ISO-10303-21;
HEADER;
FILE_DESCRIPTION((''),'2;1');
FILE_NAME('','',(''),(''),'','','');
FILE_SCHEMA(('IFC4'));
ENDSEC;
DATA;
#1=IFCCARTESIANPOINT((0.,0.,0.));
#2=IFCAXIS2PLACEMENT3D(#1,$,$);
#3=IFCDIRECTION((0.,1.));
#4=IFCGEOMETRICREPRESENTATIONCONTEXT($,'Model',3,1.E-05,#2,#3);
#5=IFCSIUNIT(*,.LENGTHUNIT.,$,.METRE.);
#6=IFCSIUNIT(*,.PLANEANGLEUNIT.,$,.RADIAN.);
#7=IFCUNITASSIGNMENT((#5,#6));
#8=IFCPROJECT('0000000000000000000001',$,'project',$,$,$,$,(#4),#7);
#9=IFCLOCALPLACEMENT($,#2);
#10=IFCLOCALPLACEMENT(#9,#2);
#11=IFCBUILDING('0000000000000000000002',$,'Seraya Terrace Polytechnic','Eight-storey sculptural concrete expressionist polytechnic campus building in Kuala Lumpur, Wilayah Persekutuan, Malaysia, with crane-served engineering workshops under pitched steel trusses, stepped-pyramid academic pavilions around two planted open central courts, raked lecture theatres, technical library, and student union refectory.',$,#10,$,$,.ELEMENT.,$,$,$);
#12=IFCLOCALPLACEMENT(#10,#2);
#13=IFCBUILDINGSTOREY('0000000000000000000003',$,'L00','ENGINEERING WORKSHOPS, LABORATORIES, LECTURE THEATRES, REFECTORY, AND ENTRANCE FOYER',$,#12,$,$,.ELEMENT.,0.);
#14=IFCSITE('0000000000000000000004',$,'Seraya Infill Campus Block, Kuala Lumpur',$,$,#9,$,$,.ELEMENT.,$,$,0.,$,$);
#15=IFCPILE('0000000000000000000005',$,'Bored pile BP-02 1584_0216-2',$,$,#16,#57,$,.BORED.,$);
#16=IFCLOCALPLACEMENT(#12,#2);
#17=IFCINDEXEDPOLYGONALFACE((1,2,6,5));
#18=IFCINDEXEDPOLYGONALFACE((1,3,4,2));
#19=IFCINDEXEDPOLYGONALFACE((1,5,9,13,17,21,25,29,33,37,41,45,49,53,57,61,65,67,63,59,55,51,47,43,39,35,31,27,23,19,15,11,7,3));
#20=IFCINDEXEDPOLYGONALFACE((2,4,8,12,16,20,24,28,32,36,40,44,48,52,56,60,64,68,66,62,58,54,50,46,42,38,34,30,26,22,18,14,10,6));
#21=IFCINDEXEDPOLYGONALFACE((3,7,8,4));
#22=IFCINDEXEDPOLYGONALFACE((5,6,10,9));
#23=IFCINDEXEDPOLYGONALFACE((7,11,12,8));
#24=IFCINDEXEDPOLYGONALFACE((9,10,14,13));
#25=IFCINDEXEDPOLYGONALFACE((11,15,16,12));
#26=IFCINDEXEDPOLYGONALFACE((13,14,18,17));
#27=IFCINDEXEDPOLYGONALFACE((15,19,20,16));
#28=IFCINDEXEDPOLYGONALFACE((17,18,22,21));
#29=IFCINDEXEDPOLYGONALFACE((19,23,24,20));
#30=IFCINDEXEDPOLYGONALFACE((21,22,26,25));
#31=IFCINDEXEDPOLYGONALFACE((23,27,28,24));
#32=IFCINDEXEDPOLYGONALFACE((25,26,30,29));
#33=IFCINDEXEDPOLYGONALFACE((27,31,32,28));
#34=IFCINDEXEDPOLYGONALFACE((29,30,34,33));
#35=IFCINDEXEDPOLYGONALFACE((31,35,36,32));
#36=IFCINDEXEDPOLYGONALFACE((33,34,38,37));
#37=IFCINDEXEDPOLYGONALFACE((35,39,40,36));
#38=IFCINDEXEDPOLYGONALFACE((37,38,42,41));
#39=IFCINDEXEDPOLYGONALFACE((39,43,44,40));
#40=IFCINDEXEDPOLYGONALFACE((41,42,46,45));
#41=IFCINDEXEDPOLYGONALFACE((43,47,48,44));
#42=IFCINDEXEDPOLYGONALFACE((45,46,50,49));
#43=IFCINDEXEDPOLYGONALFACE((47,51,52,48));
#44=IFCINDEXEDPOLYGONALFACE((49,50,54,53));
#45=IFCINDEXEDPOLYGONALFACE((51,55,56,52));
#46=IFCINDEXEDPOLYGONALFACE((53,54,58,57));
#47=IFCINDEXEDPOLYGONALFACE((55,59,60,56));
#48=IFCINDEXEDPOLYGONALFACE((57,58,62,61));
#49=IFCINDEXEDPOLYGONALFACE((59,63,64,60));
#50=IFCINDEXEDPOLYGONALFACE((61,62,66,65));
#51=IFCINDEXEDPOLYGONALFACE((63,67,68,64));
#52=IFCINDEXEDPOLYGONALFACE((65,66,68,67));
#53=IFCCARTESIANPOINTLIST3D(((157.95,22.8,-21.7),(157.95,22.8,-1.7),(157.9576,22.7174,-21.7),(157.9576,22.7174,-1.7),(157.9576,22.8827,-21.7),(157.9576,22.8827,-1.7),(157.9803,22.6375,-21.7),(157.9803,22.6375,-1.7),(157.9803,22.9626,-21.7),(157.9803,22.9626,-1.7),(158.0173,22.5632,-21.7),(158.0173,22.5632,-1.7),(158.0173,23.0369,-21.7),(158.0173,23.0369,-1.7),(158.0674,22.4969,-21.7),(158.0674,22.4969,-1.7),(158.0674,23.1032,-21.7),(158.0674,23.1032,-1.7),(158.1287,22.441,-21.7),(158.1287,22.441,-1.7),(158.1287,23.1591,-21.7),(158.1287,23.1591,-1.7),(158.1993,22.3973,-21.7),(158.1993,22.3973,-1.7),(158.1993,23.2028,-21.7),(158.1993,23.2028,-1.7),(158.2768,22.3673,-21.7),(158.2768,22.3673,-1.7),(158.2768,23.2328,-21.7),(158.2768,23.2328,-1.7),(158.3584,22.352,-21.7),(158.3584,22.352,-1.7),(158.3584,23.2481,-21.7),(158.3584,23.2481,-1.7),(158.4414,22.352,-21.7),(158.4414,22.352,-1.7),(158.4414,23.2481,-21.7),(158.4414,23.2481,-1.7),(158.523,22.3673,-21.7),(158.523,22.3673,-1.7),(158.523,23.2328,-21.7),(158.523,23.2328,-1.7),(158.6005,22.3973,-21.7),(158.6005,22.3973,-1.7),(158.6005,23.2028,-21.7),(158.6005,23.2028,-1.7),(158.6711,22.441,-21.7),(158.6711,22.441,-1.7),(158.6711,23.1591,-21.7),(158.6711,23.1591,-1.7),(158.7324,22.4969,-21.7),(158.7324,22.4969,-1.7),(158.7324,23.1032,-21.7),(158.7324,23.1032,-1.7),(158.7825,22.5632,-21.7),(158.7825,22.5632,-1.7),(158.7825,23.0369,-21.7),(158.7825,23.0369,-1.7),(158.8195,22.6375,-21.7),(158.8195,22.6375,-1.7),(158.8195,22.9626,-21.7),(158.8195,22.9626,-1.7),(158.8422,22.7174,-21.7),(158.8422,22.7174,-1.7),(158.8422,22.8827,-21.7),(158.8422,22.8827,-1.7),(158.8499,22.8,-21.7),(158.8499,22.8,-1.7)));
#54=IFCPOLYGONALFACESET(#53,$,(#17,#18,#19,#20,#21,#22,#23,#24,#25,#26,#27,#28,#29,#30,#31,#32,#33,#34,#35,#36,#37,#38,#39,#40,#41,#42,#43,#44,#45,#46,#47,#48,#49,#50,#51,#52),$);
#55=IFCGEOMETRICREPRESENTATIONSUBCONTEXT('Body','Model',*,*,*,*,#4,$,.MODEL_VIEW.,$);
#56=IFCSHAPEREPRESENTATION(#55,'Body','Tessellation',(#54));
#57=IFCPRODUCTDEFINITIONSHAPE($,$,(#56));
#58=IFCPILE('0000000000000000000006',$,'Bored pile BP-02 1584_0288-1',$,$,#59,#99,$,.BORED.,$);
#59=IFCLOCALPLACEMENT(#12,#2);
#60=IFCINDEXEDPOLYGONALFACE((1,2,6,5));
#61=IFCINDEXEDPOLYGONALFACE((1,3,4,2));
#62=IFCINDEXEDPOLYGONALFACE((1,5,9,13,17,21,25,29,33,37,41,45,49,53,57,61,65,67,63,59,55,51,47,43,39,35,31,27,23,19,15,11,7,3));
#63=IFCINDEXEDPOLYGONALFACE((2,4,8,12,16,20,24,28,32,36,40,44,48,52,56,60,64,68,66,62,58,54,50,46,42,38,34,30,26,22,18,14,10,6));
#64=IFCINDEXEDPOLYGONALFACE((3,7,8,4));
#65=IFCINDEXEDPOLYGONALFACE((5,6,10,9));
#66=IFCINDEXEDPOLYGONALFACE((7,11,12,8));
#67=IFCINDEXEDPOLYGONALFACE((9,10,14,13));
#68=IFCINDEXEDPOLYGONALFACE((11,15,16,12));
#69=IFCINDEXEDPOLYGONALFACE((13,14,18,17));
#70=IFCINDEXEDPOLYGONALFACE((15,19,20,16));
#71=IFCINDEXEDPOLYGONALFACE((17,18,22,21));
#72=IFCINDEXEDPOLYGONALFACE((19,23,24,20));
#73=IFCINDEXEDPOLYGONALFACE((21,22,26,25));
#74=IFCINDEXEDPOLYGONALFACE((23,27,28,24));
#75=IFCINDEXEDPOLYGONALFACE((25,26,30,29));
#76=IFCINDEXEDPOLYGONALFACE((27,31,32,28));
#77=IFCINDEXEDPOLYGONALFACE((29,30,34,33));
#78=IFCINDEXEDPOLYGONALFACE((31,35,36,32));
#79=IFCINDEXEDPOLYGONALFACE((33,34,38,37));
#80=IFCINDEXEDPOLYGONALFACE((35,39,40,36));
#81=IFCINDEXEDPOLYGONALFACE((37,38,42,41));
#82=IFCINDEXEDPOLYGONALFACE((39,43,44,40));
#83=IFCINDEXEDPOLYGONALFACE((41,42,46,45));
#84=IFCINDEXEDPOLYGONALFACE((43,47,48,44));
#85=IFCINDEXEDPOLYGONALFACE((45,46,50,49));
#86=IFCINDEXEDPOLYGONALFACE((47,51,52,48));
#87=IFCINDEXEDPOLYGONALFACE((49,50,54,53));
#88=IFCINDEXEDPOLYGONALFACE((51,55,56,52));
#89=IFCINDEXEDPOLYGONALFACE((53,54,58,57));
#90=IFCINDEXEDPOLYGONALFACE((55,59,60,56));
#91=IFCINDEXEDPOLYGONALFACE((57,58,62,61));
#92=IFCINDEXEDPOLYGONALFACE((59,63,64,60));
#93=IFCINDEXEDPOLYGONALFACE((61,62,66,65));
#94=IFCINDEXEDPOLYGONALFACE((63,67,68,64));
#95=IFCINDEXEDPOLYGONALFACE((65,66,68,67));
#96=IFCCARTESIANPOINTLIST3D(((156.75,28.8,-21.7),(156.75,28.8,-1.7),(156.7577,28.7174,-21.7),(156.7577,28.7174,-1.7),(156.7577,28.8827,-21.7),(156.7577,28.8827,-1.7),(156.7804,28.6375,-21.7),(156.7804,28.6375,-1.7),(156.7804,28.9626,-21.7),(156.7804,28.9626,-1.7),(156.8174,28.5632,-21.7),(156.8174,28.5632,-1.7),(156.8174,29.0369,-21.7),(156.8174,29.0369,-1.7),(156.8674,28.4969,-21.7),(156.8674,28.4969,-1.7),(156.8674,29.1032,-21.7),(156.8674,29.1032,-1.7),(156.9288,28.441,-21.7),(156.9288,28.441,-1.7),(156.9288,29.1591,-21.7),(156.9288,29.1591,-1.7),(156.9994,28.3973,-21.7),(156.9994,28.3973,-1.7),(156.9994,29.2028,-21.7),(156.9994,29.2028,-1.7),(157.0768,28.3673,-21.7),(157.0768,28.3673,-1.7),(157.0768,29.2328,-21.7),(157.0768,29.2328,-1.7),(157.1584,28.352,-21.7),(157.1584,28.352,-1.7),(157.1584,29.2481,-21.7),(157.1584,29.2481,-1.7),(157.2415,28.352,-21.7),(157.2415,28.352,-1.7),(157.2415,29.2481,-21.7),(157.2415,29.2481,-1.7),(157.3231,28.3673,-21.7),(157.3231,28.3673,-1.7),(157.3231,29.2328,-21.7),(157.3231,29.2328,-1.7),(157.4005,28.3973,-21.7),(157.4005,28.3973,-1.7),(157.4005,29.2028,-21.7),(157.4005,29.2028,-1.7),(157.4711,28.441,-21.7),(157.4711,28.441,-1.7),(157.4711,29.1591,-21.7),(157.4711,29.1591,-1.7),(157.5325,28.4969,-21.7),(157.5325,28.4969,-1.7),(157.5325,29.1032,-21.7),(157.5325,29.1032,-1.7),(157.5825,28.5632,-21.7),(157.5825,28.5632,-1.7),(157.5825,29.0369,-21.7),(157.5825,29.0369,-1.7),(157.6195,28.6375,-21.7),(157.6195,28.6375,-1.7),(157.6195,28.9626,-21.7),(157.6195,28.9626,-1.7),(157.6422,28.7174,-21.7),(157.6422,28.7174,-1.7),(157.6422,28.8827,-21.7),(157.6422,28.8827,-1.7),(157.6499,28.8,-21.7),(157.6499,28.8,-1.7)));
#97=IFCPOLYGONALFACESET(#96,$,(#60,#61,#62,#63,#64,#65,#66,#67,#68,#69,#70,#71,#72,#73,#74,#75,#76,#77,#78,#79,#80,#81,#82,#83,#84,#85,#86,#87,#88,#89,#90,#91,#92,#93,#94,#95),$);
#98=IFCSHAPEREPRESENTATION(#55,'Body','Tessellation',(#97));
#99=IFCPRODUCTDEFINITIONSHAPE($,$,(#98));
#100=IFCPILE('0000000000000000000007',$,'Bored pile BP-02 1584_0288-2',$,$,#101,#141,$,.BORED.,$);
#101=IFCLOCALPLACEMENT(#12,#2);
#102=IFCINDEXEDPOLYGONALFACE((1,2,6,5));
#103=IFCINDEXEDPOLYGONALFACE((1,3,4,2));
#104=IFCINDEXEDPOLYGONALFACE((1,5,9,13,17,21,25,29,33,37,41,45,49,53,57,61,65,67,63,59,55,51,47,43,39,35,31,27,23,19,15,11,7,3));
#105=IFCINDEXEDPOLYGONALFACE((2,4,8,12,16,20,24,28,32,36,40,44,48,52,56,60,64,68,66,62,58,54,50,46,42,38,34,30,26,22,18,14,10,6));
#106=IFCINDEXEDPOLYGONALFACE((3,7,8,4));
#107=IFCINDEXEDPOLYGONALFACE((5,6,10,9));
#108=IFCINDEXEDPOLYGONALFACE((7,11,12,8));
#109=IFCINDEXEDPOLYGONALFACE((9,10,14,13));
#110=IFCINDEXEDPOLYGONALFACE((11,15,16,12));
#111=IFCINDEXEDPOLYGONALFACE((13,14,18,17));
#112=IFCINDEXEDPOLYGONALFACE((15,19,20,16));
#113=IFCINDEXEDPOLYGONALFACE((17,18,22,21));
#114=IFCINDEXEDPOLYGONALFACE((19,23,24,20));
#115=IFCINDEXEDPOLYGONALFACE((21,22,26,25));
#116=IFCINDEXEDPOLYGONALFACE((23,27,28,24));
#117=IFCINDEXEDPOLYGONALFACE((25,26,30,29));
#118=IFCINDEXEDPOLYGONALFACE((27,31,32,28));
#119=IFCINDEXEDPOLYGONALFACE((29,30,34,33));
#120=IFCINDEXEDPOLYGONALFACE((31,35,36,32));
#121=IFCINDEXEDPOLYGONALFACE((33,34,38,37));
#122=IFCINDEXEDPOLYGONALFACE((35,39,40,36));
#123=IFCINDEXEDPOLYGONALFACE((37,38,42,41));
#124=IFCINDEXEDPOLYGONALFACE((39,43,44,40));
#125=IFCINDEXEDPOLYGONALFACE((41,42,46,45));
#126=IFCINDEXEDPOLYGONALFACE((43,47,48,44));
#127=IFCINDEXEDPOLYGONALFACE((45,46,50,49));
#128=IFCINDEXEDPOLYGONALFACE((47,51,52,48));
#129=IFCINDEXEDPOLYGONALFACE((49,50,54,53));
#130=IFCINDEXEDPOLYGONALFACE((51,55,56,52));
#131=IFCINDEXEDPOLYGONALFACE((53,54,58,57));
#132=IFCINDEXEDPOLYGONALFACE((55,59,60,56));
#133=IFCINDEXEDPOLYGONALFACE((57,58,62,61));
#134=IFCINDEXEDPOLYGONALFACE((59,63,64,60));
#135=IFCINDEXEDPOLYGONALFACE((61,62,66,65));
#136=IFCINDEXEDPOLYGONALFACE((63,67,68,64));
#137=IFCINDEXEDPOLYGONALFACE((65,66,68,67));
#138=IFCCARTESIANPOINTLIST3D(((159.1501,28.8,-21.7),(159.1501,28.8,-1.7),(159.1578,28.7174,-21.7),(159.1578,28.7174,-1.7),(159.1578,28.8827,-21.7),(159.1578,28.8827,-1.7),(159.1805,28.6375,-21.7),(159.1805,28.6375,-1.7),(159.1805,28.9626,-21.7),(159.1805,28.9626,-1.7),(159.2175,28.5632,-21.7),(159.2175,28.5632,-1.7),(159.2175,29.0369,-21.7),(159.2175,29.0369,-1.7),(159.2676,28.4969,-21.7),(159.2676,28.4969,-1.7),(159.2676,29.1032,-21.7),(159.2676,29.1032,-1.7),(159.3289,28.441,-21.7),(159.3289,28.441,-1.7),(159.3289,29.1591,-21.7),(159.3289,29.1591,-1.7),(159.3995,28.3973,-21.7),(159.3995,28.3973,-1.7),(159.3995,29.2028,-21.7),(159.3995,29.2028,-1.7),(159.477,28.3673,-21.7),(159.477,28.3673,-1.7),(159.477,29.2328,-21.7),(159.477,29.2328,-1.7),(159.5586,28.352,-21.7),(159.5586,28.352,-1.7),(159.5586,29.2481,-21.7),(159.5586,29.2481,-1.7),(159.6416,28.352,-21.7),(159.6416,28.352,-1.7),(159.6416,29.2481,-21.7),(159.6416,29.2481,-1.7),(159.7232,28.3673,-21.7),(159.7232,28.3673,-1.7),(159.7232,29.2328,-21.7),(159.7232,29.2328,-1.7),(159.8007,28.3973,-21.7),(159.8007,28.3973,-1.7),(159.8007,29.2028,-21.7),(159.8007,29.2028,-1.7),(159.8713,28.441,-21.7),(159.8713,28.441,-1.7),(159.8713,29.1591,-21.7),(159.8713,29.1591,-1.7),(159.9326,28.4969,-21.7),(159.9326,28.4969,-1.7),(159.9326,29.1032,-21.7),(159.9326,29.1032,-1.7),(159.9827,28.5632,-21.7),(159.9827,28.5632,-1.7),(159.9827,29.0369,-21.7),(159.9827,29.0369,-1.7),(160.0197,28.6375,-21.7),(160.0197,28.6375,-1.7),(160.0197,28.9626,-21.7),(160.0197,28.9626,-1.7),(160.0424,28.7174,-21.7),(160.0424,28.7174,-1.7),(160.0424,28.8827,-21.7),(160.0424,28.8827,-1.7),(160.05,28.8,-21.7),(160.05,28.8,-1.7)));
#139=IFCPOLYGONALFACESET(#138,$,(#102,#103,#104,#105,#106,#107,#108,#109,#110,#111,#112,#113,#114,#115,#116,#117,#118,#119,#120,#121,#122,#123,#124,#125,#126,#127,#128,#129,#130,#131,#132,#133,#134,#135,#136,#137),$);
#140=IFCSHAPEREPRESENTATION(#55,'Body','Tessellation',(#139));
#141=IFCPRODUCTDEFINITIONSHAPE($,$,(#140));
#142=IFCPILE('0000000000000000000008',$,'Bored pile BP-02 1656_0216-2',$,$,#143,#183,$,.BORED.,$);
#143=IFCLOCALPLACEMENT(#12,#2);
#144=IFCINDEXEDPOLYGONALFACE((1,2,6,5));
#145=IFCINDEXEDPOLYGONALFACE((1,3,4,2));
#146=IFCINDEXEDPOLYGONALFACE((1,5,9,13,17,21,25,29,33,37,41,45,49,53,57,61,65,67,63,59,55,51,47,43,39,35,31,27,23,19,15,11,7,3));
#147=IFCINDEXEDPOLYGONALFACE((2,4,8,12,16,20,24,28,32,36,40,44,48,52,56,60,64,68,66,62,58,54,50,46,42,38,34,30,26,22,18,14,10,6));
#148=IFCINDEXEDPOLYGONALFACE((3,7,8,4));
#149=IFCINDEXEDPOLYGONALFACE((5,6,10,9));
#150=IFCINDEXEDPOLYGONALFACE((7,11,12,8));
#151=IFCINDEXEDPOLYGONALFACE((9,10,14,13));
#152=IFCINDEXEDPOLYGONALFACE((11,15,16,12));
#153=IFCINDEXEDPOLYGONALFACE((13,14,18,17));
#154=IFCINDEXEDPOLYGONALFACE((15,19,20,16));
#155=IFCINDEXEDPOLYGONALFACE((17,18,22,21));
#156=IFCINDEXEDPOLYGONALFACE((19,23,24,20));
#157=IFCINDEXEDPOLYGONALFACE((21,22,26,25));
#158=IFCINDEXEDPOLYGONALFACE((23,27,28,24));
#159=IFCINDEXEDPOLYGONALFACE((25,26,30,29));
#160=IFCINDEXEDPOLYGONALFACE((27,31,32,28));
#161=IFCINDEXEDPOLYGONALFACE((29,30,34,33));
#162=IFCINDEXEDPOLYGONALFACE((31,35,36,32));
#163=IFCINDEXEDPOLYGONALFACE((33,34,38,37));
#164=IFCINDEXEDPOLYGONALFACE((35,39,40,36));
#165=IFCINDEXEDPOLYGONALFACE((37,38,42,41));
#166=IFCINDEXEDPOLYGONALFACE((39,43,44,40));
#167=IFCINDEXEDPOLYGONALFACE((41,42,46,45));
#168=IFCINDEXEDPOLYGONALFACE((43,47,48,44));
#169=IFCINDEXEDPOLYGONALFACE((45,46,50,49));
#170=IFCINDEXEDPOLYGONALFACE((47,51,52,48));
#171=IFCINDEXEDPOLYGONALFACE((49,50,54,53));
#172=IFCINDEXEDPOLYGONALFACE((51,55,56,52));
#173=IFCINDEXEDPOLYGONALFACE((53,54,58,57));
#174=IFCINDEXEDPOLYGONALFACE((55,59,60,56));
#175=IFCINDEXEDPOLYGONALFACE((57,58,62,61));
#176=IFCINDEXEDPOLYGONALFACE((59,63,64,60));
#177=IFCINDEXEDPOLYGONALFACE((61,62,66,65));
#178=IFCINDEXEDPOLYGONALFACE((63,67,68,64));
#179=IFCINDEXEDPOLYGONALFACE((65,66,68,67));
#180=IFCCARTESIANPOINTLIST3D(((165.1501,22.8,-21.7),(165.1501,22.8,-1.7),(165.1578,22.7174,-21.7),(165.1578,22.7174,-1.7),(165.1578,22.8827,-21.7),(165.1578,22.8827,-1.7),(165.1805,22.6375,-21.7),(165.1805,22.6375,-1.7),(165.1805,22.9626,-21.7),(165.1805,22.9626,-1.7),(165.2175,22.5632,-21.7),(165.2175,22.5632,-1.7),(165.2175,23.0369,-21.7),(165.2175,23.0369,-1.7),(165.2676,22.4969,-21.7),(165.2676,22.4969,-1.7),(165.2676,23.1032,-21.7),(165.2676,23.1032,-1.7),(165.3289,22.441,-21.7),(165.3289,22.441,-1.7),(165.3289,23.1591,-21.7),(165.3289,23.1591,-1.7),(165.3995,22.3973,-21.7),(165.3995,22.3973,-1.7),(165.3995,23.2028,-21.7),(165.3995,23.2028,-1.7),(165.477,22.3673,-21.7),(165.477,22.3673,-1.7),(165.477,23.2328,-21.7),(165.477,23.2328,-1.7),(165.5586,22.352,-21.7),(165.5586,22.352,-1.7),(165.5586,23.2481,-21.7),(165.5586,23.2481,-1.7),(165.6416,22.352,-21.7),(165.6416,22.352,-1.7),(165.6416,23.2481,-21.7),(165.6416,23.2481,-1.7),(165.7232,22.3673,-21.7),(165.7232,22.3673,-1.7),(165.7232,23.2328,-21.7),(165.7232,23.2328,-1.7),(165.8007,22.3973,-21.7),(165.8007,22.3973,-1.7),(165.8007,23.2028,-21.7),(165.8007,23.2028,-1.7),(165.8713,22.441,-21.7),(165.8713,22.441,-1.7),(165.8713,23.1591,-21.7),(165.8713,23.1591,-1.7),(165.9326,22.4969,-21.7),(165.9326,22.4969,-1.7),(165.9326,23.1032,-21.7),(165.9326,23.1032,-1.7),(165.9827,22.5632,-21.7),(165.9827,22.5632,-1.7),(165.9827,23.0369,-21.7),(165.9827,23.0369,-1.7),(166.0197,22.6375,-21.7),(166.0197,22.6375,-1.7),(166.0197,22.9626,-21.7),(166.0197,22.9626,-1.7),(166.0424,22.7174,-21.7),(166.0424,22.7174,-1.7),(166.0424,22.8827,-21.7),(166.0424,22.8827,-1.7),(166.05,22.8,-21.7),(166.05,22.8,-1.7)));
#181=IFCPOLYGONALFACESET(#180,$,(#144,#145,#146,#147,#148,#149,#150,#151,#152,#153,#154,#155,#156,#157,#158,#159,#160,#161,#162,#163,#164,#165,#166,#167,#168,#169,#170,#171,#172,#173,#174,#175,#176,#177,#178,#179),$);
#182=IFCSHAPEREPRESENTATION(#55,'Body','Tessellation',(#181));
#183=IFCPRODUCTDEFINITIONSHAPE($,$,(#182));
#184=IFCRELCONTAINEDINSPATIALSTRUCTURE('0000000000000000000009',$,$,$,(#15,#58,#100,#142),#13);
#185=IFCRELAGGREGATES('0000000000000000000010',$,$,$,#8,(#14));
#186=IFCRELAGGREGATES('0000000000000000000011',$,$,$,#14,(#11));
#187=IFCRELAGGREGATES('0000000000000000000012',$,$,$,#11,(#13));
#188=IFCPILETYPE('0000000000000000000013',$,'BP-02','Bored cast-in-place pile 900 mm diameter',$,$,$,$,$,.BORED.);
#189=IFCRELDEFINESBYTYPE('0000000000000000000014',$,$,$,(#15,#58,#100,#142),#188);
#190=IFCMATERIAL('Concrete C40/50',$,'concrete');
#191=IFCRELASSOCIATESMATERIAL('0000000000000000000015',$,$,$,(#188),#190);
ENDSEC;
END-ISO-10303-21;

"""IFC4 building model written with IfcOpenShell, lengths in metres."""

from ifc_helpers import new_model, si_unit, direction, frame, origin, origin_2d, place, context, subcontext, project, spatial, circle, extrude, material, material_profile, profile_set, type_object, element, save


model = new_model("IFC4")

# Units and contexts
model_context = context("Model", 3, precision=1e-05, world=origin(), true_north=direction((0.0, 1.0)))
body_context = subcontext(model_context, "Body", "Model", "MODEL_VIEW")
ifc_project = project(units=[si_unit("LENGTHUNIT", "METRE"), si_unit("PLANEANGLEUNIT", "RADIAN")], contexts=[model_context])

# Site, building, storey
site_placement = place(None, origin())
site = spatial("IfcSite", under=ifc_project, at=site_placement, Name="Seraya Infill Campus Block, Kuala Lumpur", CompositionType="ELEMENT", RefElevation=0.0)
building_placement = place(site_placement, origin())
building = spatial("IfcBuilding", under=site, at=building_placement, Name="Seraya Terrace Polytechnic", Description="Eight-storey sculptural concrete expressionist polytechnic campus building in Kuala Lumpur, Wilayah Persekutuan, Malaysia, with crane-served engineering workshops under pitched steel trusses, stepped-pyramid academic pavilions around two planted open central courts, raked lecture theatres, technical library, and student union refectory.", CompositionType="ELEMENT")
storey_placement = place(building_placement, origin())
storey = spatial("IfcBuildingStorey", under=building, at=storey_placement, Name="L00", Description="ENGINEERING WORKSHOPS, LABORATORIES, LECTURE THEATRES, REFECTORY, AND ENTRANCE FOYER", CompositionType="ELEMENT", Elevation=0.0)

# Piles
ifc_material_1 = material(Name="Concrete C40/50", Category="concrete")
ifc_material_profile_1 = material_profile(ifc_material_1, circle(Radius=0.45, at=origin_2d()), Name="DIA 900")
ifc_profile_set_1 = profile_set([ifc_material_profile_1], Name="Concrete C40/50")
pile_type = type_object("IfcPileType", Name="BP-02", Description="Bored cast-in-place pile 900 mm diameter", PredefinedType="BORED", material=ifc_profile_set_1)
for number, where, z_axis, x_axis, name in (
    (1, (158.3999, 22.8, -1.7), (0.0, 0.0, -1.0), (1.0, 0.0, 0.0), "Bored pile BP-02 1584_0216-2"),
    (2, (157.2, 28.8, -1.7), (0.0, 0.0, -1.0), (1.0, 0.0, 0.0), "Bored pile BP-02 1584_0288-1"),
    (3, (159.6001, 28.8, -1.7), (0.0, 0.0, -1.0), (1.0, 0.0, 0.0), "Bored pile BP-02 1584_0288-2"),
    (4, (165.6001, 22.8, -1.7), (0.0, 0.0, -1.0), (1.0, 0.0, 0.0), "Bored pile BP-02 1656_0216-2"),
):
    element("IfcPile", number, at=place(storey_placement, frame(where, z_axis=z_axis, x_axis=x_axis)), inside=storey, type_object=pile_type, Name=name, PredefinedType="BORED", context=body_context, shape_type="SweptSolid", body=[
        extrude(circle(Radius=0.45, at=origin_2d()), origin(), (0.0, 0.0, 1.0), 20.0),
    ])

save(model, "model.ifc")
